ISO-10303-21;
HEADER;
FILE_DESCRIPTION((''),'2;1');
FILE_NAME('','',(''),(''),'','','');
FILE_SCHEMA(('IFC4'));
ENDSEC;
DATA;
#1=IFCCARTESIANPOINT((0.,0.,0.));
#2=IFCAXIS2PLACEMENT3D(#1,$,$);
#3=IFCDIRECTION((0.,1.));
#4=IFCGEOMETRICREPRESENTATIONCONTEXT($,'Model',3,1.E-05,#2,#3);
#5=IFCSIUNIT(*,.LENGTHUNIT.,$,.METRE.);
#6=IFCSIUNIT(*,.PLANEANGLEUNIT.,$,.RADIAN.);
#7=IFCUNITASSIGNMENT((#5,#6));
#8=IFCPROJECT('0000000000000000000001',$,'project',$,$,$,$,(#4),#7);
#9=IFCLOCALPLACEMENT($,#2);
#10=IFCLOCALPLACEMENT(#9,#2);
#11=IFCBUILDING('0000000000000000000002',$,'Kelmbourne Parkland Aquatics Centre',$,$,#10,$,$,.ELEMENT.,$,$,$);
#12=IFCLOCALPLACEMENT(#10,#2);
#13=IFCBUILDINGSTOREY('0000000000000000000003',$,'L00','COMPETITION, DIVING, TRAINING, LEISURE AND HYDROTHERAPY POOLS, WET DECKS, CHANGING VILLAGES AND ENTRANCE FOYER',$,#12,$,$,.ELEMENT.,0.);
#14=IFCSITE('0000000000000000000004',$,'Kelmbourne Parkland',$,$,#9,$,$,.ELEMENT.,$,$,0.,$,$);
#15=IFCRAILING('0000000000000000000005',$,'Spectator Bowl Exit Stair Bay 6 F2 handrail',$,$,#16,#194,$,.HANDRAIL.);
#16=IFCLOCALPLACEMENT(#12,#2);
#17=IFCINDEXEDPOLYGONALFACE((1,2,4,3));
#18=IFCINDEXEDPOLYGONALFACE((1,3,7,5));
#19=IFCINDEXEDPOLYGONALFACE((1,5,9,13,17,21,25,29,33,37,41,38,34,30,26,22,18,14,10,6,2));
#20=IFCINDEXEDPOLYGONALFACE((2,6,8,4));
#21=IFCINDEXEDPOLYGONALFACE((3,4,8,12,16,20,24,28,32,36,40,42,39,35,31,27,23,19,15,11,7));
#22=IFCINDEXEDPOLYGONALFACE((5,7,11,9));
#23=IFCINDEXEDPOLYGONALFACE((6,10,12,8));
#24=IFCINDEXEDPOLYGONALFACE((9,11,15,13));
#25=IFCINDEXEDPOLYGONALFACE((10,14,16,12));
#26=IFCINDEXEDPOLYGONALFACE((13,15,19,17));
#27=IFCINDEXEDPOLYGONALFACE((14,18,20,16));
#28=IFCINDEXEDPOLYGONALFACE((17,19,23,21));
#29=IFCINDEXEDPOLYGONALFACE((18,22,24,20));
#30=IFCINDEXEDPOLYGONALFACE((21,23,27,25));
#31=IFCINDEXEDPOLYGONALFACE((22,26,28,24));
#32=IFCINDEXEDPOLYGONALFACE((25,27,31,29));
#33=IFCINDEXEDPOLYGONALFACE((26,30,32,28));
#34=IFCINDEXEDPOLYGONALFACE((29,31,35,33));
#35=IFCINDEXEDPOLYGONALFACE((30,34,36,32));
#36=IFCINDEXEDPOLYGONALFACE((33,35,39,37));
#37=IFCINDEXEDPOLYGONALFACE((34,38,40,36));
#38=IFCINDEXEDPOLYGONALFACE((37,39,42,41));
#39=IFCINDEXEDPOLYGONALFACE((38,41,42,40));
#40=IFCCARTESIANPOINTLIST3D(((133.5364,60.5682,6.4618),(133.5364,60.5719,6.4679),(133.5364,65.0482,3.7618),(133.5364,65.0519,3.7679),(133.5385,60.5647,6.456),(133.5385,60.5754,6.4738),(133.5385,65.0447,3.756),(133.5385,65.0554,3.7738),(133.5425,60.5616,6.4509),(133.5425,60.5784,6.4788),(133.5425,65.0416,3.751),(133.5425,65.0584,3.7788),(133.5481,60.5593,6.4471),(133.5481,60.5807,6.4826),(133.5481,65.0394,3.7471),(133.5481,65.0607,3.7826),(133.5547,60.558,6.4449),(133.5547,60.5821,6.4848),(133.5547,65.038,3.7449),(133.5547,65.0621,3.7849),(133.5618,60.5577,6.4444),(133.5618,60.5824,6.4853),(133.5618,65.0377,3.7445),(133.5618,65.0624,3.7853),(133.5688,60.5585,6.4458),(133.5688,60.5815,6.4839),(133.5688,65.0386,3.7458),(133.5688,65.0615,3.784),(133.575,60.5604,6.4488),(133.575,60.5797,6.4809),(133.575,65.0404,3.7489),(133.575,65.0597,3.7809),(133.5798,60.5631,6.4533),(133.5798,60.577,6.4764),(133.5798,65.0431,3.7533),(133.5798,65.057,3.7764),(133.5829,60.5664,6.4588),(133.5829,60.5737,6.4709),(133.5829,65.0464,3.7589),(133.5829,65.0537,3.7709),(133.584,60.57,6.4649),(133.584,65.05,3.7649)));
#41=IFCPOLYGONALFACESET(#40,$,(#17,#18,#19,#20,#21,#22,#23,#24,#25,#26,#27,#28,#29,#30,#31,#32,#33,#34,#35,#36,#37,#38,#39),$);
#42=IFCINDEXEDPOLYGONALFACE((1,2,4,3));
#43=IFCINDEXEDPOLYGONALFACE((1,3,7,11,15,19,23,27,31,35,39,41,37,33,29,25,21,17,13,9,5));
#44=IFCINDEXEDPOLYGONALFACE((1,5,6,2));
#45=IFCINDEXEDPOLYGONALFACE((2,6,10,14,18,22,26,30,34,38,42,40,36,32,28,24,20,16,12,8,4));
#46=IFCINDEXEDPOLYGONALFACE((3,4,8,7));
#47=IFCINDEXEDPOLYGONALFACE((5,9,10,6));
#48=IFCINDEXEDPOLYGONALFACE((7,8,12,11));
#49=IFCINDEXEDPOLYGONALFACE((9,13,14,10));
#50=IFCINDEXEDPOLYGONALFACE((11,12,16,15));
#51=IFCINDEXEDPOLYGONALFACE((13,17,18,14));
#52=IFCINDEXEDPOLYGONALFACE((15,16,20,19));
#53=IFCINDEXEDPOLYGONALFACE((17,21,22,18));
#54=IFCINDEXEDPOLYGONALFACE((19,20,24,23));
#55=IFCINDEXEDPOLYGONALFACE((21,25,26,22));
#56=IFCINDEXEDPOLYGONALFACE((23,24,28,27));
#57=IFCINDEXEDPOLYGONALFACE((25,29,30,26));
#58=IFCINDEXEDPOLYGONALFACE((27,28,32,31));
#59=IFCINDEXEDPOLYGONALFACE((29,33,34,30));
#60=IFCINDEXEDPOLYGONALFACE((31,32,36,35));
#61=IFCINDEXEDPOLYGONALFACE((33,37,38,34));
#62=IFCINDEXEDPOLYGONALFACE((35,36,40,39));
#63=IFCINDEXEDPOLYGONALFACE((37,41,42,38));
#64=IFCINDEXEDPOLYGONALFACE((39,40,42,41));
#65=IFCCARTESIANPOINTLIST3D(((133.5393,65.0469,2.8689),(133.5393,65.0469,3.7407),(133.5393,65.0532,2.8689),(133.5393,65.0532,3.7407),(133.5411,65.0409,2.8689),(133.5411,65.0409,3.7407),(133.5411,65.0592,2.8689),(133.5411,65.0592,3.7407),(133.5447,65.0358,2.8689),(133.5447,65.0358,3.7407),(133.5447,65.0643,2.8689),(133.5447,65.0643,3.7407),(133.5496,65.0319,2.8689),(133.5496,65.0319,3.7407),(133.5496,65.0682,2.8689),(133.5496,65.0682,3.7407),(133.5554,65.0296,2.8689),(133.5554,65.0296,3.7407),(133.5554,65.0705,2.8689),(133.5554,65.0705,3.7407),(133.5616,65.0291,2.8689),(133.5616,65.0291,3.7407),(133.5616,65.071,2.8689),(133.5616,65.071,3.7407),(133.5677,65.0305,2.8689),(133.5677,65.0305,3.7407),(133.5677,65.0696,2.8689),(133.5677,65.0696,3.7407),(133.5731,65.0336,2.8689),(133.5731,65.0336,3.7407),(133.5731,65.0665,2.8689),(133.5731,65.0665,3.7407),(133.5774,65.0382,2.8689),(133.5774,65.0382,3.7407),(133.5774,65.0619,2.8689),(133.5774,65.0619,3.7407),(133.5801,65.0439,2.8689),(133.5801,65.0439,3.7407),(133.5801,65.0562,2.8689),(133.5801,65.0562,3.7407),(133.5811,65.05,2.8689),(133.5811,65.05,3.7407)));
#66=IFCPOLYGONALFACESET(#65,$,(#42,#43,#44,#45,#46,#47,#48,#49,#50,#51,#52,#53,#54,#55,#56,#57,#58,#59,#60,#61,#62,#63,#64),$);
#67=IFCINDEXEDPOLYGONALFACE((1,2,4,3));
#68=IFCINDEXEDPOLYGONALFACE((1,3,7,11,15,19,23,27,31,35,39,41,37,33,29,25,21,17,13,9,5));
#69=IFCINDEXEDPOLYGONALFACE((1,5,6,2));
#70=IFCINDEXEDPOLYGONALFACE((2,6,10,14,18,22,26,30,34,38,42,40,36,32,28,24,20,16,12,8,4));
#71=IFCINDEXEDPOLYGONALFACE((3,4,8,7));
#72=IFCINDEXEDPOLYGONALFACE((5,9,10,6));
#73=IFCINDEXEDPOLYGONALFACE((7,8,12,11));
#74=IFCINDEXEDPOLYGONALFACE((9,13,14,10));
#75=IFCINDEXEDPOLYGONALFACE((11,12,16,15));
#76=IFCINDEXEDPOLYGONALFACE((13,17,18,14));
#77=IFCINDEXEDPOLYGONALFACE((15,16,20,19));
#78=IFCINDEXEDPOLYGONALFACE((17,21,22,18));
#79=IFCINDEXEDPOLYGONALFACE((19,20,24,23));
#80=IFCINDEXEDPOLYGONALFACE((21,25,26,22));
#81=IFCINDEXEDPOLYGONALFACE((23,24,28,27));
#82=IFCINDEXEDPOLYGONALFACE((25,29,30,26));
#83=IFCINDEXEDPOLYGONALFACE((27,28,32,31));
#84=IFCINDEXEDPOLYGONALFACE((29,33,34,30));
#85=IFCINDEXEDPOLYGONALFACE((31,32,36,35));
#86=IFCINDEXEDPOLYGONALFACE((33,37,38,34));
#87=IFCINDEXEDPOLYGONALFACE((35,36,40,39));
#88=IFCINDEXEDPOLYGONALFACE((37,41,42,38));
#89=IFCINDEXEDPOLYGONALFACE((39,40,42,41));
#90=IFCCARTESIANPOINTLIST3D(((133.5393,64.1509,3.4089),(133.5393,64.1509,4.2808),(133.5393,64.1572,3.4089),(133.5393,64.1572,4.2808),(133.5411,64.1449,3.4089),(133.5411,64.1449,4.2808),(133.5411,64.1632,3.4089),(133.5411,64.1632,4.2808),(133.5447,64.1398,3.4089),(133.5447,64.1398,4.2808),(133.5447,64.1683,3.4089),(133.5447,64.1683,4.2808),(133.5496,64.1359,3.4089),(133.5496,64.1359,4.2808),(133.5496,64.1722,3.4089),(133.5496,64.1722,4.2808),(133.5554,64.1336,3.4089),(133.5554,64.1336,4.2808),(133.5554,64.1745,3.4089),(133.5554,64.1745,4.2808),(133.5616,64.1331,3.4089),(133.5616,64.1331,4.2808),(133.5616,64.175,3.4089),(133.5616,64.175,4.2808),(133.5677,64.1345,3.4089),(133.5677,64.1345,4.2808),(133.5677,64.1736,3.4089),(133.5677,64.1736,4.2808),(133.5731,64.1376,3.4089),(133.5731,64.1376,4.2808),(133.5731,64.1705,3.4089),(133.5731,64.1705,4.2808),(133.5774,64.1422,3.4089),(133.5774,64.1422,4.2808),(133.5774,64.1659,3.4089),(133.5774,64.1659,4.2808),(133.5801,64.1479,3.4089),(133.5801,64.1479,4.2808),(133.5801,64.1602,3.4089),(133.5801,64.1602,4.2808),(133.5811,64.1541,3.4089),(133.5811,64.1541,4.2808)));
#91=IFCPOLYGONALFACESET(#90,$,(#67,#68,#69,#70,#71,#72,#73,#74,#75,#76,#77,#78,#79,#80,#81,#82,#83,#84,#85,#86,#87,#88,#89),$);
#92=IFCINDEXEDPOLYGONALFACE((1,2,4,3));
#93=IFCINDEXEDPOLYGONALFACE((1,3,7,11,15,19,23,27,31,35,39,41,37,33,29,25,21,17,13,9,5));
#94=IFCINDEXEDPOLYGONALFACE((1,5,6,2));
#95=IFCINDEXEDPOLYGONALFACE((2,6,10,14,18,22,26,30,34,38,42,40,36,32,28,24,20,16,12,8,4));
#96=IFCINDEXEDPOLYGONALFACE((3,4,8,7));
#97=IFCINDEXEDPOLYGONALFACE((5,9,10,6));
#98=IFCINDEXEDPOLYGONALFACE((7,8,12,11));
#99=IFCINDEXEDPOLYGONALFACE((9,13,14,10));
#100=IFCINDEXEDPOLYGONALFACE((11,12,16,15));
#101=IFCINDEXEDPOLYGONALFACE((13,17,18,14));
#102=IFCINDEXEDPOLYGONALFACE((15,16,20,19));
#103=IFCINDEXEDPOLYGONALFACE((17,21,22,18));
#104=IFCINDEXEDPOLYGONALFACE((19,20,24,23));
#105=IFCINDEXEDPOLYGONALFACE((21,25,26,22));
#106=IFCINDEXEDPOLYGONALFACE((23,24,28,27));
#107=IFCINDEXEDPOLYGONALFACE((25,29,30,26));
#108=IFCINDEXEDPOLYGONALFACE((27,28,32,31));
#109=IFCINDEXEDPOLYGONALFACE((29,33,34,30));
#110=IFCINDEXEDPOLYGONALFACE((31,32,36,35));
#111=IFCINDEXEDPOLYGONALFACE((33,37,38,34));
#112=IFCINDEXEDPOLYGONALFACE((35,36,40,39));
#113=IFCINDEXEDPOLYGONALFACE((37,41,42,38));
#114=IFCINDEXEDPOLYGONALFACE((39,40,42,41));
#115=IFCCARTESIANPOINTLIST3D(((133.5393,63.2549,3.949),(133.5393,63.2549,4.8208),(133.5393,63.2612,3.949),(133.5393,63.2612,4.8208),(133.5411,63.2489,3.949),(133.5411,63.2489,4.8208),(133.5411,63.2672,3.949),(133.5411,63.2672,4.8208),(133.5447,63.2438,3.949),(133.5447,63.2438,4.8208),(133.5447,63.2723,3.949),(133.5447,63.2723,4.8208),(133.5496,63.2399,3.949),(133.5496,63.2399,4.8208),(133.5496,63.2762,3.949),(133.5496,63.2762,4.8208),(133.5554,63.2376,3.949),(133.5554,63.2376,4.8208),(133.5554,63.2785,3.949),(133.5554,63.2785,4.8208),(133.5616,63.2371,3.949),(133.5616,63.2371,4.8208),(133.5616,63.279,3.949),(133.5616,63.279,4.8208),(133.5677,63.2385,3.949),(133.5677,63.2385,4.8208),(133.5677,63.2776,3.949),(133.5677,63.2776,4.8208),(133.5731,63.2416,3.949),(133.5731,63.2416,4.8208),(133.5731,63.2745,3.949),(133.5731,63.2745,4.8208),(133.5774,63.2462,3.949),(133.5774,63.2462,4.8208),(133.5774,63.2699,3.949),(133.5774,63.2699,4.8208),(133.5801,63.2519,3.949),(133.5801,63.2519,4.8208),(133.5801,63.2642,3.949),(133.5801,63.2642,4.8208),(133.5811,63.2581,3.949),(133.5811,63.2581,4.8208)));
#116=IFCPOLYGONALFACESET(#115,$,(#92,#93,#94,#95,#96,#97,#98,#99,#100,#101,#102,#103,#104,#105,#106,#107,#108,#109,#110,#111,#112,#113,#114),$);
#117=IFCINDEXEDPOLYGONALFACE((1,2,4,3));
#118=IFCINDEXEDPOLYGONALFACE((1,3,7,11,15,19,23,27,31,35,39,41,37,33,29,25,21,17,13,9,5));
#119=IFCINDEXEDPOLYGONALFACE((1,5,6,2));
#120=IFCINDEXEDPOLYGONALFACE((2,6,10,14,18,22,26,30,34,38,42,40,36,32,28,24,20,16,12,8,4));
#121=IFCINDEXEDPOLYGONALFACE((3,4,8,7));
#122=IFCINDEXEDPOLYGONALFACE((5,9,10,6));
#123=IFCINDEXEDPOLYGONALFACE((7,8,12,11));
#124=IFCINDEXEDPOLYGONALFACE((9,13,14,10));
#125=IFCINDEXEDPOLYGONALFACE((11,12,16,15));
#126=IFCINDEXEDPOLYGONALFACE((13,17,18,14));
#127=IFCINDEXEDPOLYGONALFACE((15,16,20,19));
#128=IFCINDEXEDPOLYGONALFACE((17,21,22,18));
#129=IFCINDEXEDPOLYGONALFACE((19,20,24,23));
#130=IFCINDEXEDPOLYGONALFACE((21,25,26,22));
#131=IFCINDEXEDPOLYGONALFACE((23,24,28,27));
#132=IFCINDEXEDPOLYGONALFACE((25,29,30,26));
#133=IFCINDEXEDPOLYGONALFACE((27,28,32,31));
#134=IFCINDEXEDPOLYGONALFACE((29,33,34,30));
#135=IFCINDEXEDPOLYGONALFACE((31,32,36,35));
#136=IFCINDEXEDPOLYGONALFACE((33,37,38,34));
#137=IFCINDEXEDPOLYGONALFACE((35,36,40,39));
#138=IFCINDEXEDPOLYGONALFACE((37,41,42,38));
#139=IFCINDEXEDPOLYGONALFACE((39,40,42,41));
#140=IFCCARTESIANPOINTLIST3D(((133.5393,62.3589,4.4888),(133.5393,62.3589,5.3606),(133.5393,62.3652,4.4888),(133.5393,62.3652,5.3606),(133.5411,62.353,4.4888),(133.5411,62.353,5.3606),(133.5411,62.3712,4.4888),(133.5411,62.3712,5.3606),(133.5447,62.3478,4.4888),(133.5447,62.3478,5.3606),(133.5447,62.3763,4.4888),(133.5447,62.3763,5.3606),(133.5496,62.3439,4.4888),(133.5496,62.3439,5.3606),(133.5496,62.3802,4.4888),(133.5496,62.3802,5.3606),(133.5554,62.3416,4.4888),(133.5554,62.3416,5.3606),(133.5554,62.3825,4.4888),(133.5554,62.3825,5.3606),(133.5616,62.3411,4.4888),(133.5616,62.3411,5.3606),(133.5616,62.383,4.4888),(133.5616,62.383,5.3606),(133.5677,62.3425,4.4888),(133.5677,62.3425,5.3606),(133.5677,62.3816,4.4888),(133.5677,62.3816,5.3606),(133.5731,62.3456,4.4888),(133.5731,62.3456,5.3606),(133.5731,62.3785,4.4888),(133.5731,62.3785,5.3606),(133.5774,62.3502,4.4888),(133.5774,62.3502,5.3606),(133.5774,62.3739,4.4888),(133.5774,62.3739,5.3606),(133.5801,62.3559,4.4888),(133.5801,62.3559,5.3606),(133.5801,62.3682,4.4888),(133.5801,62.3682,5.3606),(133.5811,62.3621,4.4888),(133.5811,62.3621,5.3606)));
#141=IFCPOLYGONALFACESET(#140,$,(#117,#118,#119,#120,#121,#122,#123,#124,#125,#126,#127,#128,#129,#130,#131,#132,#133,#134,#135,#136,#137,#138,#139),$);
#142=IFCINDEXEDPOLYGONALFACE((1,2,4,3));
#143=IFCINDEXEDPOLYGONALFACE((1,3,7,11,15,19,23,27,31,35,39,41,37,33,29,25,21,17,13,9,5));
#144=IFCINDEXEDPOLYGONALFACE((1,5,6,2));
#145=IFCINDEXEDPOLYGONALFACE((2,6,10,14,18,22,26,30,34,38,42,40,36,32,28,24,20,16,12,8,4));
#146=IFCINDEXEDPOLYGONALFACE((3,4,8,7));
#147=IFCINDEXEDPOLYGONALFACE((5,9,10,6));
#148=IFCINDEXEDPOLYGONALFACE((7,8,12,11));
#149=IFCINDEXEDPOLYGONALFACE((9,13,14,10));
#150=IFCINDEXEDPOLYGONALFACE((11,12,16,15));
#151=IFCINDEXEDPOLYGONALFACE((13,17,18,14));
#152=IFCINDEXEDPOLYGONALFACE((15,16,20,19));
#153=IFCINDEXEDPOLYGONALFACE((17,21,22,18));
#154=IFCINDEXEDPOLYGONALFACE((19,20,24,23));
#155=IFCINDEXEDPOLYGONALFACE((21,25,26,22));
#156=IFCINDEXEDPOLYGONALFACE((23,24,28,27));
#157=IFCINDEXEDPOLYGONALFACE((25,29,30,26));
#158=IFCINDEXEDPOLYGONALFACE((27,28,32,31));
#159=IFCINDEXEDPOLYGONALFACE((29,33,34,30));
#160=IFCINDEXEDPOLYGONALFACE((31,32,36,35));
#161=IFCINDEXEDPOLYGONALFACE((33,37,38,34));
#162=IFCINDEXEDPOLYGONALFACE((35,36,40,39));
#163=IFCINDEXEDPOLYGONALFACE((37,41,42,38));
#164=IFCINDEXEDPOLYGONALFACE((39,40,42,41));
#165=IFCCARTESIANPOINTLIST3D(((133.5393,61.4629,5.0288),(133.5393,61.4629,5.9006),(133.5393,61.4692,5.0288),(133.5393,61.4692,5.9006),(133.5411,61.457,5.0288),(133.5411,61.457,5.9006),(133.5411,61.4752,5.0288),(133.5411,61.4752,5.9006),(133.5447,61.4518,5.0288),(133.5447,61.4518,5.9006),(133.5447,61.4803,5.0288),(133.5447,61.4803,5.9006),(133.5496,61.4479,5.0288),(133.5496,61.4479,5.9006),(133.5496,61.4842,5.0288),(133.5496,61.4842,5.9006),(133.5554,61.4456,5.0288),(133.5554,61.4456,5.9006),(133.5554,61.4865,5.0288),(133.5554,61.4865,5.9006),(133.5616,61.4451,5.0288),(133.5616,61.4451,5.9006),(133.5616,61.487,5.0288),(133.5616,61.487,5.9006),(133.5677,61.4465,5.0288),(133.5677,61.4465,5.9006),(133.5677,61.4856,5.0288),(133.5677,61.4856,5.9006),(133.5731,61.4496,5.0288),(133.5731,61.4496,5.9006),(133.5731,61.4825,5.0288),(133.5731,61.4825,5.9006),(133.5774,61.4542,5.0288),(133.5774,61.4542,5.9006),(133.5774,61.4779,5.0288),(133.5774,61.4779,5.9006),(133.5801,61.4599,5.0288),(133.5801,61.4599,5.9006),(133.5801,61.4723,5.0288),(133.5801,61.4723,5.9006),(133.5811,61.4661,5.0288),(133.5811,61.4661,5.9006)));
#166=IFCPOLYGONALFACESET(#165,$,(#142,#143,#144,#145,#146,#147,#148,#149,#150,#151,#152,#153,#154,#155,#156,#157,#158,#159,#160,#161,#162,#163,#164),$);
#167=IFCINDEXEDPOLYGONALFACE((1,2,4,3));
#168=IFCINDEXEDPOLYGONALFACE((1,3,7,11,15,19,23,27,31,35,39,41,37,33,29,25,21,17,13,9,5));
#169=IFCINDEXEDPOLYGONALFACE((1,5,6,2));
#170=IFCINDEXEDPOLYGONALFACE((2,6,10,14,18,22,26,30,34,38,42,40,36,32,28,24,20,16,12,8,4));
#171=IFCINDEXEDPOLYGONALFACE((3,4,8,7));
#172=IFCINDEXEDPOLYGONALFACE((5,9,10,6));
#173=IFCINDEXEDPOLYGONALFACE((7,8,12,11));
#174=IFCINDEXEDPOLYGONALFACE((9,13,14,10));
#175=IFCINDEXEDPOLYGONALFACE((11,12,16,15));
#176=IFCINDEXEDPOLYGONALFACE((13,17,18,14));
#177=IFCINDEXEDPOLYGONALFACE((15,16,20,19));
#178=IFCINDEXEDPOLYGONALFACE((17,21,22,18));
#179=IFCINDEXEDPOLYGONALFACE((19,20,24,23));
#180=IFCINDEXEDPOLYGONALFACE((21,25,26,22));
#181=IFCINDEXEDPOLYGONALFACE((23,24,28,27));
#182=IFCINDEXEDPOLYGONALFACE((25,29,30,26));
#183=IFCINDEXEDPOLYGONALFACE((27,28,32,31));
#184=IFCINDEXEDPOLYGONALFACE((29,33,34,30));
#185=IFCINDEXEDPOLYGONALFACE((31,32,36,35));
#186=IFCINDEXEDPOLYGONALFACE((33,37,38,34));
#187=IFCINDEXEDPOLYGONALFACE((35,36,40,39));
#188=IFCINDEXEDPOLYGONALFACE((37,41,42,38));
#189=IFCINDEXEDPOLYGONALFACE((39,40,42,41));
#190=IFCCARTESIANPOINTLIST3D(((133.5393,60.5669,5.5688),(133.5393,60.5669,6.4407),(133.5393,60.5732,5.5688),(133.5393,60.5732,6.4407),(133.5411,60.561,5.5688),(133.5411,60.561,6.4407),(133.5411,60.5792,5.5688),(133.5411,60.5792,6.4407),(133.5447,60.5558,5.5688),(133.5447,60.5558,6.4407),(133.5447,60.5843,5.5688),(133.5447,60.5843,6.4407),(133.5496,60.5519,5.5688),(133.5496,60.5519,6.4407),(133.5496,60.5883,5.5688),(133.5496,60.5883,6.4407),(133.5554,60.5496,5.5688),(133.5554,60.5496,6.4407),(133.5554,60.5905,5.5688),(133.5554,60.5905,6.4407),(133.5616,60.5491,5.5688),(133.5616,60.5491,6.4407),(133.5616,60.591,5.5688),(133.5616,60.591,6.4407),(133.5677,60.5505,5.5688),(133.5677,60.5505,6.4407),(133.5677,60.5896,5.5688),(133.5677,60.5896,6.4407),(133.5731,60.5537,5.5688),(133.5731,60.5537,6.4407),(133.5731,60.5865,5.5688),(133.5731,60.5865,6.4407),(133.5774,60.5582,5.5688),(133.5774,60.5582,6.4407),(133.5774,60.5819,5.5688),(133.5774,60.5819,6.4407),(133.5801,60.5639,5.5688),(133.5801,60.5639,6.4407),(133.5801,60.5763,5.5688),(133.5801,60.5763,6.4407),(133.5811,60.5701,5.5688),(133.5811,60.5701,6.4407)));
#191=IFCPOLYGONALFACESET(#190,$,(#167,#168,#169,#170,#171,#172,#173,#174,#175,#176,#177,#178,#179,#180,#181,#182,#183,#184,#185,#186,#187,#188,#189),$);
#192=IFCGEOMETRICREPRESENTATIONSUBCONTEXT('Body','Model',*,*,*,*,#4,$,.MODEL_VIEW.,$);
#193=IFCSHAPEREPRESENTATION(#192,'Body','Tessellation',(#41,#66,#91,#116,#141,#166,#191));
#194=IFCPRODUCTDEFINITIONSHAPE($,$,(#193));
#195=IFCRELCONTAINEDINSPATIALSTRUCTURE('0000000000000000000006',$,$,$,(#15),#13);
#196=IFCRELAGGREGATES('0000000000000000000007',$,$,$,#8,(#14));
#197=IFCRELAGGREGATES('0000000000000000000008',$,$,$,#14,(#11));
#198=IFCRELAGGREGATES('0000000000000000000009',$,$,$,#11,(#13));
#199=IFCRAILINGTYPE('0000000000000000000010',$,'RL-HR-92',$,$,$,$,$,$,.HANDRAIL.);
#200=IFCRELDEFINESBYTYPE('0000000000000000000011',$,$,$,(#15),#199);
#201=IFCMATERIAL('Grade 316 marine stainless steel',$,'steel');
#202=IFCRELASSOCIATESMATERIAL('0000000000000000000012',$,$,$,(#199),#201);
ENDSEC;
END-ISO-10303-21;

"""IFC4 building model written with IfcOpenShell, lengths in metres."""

from ifc_helpers import new_model, si_unit, direction, frame, origin, origin_2d, place, context, subcontext, project, spatial, circle, extrude, material, type_object, element, save


model = new_model("IFC4")

# Units and contexts
model_context = context("Model", 3, precision=1e-05, world=origin(), true_north=direction((0.0, 1.0)))
body_context = subcontext(model_context, "Body", "Model", "MODEL_VIEW")
ifc_project = project(units=[si_unit("LENGTHUNIT", "METRE"), si_unit("PLANEANGLEUNIT", "RADIAN")], contexts=[model_context])

# Site, building, storey
site_placement = place(None, origin())
site = spatial("IfcSite", under=ifc_project, at=site_placement, Name="Kelmbourne Parkland", CompositionType="ELEMENT", RefElevation=0.0)
building_placement = place(site_placement, origin())
building = spatial("IfcBuilding", under=site, at=building_placement, Name="Kelmbourne Parkland Aquatics Centre", CompositionType="ELEMENT")
storey_placement = place(building_placement, origin())
storey = spatial("IfcBuildingStorey", under=building, at=storey_placement, Name="L00", Description="COMPETITION, DIVING, TRAINING, LEISURE AND HYDROTHERAPY POOLS, WET DECKS, CHANGING VILLAGES AND ENTRANCE FOYER", CompositionType="ELEMENT", Elevation=0.0)

# Railing
ifc_material_1 = material(Name="Grade 316 marine stainless steel", Category="steel")
railing_type_1 = type_object("IfcRailingType", Name="RL-HR-92", PredefinedType="HANDRAIL", material=ifc_material_1)
for number, where, name in (
    (1, (133.5601, 65.05, 2.8689), "Spectator Bowl Exit Stair Bay 6 F2 handrail"),
):
    element("IfcRailing", number, at=place(storey_placement, frame(where)), inside=storey, type_object=railing_type_1, Name=name, PredefinedType="HANDRAIL", context=body_context, shape_type="SweptSolid", body=[
        extrude(circle(Radius=0.0239, at=origin_2d()), frame((0.0, 0.0, 0.896), z_axis=(0.0, -0.856482, 0.516176), x_axis=(1.0, 0.0, 0.0)), (0.0, 0.0, 1.0), 5.2307),
        extrude(circle(Radius=0.021, at=origin_2d()), origin(), (0.0, 0.0, 1.0), 0.8718),
        extrude(circle(Radius=0.021, at=origin_2d()), frame((0.0, -0.896, 0.54)), (0.0, 0.0, 1.0), 0.8718),
        extrude(circle(Radius=0.021, at=origin_2d()), frame((0.0, -1.792, 1.0801)), (0.0, 0.0, 1.0), 0.8718),
        extrude(circle(Radius=0.021, at=origin_2d()), frame((0.0, -2.688, 1.6199)), (0.0, 0.0, 1.0), 0.8718),
        extrude(circle(Radius=0.021, at=origin_2d()), frame((0.0, -3.584, 2.1599)), (0.0, 0.0, 1.0), 0.8718),
        extrude(circle(Radius=0.021, at=origin_2d()), frame((0.0, -4.48, 2.7)), (0.0, 0.0, 1.0), 0.8718),
    ])

save(model, "model.ifc")
